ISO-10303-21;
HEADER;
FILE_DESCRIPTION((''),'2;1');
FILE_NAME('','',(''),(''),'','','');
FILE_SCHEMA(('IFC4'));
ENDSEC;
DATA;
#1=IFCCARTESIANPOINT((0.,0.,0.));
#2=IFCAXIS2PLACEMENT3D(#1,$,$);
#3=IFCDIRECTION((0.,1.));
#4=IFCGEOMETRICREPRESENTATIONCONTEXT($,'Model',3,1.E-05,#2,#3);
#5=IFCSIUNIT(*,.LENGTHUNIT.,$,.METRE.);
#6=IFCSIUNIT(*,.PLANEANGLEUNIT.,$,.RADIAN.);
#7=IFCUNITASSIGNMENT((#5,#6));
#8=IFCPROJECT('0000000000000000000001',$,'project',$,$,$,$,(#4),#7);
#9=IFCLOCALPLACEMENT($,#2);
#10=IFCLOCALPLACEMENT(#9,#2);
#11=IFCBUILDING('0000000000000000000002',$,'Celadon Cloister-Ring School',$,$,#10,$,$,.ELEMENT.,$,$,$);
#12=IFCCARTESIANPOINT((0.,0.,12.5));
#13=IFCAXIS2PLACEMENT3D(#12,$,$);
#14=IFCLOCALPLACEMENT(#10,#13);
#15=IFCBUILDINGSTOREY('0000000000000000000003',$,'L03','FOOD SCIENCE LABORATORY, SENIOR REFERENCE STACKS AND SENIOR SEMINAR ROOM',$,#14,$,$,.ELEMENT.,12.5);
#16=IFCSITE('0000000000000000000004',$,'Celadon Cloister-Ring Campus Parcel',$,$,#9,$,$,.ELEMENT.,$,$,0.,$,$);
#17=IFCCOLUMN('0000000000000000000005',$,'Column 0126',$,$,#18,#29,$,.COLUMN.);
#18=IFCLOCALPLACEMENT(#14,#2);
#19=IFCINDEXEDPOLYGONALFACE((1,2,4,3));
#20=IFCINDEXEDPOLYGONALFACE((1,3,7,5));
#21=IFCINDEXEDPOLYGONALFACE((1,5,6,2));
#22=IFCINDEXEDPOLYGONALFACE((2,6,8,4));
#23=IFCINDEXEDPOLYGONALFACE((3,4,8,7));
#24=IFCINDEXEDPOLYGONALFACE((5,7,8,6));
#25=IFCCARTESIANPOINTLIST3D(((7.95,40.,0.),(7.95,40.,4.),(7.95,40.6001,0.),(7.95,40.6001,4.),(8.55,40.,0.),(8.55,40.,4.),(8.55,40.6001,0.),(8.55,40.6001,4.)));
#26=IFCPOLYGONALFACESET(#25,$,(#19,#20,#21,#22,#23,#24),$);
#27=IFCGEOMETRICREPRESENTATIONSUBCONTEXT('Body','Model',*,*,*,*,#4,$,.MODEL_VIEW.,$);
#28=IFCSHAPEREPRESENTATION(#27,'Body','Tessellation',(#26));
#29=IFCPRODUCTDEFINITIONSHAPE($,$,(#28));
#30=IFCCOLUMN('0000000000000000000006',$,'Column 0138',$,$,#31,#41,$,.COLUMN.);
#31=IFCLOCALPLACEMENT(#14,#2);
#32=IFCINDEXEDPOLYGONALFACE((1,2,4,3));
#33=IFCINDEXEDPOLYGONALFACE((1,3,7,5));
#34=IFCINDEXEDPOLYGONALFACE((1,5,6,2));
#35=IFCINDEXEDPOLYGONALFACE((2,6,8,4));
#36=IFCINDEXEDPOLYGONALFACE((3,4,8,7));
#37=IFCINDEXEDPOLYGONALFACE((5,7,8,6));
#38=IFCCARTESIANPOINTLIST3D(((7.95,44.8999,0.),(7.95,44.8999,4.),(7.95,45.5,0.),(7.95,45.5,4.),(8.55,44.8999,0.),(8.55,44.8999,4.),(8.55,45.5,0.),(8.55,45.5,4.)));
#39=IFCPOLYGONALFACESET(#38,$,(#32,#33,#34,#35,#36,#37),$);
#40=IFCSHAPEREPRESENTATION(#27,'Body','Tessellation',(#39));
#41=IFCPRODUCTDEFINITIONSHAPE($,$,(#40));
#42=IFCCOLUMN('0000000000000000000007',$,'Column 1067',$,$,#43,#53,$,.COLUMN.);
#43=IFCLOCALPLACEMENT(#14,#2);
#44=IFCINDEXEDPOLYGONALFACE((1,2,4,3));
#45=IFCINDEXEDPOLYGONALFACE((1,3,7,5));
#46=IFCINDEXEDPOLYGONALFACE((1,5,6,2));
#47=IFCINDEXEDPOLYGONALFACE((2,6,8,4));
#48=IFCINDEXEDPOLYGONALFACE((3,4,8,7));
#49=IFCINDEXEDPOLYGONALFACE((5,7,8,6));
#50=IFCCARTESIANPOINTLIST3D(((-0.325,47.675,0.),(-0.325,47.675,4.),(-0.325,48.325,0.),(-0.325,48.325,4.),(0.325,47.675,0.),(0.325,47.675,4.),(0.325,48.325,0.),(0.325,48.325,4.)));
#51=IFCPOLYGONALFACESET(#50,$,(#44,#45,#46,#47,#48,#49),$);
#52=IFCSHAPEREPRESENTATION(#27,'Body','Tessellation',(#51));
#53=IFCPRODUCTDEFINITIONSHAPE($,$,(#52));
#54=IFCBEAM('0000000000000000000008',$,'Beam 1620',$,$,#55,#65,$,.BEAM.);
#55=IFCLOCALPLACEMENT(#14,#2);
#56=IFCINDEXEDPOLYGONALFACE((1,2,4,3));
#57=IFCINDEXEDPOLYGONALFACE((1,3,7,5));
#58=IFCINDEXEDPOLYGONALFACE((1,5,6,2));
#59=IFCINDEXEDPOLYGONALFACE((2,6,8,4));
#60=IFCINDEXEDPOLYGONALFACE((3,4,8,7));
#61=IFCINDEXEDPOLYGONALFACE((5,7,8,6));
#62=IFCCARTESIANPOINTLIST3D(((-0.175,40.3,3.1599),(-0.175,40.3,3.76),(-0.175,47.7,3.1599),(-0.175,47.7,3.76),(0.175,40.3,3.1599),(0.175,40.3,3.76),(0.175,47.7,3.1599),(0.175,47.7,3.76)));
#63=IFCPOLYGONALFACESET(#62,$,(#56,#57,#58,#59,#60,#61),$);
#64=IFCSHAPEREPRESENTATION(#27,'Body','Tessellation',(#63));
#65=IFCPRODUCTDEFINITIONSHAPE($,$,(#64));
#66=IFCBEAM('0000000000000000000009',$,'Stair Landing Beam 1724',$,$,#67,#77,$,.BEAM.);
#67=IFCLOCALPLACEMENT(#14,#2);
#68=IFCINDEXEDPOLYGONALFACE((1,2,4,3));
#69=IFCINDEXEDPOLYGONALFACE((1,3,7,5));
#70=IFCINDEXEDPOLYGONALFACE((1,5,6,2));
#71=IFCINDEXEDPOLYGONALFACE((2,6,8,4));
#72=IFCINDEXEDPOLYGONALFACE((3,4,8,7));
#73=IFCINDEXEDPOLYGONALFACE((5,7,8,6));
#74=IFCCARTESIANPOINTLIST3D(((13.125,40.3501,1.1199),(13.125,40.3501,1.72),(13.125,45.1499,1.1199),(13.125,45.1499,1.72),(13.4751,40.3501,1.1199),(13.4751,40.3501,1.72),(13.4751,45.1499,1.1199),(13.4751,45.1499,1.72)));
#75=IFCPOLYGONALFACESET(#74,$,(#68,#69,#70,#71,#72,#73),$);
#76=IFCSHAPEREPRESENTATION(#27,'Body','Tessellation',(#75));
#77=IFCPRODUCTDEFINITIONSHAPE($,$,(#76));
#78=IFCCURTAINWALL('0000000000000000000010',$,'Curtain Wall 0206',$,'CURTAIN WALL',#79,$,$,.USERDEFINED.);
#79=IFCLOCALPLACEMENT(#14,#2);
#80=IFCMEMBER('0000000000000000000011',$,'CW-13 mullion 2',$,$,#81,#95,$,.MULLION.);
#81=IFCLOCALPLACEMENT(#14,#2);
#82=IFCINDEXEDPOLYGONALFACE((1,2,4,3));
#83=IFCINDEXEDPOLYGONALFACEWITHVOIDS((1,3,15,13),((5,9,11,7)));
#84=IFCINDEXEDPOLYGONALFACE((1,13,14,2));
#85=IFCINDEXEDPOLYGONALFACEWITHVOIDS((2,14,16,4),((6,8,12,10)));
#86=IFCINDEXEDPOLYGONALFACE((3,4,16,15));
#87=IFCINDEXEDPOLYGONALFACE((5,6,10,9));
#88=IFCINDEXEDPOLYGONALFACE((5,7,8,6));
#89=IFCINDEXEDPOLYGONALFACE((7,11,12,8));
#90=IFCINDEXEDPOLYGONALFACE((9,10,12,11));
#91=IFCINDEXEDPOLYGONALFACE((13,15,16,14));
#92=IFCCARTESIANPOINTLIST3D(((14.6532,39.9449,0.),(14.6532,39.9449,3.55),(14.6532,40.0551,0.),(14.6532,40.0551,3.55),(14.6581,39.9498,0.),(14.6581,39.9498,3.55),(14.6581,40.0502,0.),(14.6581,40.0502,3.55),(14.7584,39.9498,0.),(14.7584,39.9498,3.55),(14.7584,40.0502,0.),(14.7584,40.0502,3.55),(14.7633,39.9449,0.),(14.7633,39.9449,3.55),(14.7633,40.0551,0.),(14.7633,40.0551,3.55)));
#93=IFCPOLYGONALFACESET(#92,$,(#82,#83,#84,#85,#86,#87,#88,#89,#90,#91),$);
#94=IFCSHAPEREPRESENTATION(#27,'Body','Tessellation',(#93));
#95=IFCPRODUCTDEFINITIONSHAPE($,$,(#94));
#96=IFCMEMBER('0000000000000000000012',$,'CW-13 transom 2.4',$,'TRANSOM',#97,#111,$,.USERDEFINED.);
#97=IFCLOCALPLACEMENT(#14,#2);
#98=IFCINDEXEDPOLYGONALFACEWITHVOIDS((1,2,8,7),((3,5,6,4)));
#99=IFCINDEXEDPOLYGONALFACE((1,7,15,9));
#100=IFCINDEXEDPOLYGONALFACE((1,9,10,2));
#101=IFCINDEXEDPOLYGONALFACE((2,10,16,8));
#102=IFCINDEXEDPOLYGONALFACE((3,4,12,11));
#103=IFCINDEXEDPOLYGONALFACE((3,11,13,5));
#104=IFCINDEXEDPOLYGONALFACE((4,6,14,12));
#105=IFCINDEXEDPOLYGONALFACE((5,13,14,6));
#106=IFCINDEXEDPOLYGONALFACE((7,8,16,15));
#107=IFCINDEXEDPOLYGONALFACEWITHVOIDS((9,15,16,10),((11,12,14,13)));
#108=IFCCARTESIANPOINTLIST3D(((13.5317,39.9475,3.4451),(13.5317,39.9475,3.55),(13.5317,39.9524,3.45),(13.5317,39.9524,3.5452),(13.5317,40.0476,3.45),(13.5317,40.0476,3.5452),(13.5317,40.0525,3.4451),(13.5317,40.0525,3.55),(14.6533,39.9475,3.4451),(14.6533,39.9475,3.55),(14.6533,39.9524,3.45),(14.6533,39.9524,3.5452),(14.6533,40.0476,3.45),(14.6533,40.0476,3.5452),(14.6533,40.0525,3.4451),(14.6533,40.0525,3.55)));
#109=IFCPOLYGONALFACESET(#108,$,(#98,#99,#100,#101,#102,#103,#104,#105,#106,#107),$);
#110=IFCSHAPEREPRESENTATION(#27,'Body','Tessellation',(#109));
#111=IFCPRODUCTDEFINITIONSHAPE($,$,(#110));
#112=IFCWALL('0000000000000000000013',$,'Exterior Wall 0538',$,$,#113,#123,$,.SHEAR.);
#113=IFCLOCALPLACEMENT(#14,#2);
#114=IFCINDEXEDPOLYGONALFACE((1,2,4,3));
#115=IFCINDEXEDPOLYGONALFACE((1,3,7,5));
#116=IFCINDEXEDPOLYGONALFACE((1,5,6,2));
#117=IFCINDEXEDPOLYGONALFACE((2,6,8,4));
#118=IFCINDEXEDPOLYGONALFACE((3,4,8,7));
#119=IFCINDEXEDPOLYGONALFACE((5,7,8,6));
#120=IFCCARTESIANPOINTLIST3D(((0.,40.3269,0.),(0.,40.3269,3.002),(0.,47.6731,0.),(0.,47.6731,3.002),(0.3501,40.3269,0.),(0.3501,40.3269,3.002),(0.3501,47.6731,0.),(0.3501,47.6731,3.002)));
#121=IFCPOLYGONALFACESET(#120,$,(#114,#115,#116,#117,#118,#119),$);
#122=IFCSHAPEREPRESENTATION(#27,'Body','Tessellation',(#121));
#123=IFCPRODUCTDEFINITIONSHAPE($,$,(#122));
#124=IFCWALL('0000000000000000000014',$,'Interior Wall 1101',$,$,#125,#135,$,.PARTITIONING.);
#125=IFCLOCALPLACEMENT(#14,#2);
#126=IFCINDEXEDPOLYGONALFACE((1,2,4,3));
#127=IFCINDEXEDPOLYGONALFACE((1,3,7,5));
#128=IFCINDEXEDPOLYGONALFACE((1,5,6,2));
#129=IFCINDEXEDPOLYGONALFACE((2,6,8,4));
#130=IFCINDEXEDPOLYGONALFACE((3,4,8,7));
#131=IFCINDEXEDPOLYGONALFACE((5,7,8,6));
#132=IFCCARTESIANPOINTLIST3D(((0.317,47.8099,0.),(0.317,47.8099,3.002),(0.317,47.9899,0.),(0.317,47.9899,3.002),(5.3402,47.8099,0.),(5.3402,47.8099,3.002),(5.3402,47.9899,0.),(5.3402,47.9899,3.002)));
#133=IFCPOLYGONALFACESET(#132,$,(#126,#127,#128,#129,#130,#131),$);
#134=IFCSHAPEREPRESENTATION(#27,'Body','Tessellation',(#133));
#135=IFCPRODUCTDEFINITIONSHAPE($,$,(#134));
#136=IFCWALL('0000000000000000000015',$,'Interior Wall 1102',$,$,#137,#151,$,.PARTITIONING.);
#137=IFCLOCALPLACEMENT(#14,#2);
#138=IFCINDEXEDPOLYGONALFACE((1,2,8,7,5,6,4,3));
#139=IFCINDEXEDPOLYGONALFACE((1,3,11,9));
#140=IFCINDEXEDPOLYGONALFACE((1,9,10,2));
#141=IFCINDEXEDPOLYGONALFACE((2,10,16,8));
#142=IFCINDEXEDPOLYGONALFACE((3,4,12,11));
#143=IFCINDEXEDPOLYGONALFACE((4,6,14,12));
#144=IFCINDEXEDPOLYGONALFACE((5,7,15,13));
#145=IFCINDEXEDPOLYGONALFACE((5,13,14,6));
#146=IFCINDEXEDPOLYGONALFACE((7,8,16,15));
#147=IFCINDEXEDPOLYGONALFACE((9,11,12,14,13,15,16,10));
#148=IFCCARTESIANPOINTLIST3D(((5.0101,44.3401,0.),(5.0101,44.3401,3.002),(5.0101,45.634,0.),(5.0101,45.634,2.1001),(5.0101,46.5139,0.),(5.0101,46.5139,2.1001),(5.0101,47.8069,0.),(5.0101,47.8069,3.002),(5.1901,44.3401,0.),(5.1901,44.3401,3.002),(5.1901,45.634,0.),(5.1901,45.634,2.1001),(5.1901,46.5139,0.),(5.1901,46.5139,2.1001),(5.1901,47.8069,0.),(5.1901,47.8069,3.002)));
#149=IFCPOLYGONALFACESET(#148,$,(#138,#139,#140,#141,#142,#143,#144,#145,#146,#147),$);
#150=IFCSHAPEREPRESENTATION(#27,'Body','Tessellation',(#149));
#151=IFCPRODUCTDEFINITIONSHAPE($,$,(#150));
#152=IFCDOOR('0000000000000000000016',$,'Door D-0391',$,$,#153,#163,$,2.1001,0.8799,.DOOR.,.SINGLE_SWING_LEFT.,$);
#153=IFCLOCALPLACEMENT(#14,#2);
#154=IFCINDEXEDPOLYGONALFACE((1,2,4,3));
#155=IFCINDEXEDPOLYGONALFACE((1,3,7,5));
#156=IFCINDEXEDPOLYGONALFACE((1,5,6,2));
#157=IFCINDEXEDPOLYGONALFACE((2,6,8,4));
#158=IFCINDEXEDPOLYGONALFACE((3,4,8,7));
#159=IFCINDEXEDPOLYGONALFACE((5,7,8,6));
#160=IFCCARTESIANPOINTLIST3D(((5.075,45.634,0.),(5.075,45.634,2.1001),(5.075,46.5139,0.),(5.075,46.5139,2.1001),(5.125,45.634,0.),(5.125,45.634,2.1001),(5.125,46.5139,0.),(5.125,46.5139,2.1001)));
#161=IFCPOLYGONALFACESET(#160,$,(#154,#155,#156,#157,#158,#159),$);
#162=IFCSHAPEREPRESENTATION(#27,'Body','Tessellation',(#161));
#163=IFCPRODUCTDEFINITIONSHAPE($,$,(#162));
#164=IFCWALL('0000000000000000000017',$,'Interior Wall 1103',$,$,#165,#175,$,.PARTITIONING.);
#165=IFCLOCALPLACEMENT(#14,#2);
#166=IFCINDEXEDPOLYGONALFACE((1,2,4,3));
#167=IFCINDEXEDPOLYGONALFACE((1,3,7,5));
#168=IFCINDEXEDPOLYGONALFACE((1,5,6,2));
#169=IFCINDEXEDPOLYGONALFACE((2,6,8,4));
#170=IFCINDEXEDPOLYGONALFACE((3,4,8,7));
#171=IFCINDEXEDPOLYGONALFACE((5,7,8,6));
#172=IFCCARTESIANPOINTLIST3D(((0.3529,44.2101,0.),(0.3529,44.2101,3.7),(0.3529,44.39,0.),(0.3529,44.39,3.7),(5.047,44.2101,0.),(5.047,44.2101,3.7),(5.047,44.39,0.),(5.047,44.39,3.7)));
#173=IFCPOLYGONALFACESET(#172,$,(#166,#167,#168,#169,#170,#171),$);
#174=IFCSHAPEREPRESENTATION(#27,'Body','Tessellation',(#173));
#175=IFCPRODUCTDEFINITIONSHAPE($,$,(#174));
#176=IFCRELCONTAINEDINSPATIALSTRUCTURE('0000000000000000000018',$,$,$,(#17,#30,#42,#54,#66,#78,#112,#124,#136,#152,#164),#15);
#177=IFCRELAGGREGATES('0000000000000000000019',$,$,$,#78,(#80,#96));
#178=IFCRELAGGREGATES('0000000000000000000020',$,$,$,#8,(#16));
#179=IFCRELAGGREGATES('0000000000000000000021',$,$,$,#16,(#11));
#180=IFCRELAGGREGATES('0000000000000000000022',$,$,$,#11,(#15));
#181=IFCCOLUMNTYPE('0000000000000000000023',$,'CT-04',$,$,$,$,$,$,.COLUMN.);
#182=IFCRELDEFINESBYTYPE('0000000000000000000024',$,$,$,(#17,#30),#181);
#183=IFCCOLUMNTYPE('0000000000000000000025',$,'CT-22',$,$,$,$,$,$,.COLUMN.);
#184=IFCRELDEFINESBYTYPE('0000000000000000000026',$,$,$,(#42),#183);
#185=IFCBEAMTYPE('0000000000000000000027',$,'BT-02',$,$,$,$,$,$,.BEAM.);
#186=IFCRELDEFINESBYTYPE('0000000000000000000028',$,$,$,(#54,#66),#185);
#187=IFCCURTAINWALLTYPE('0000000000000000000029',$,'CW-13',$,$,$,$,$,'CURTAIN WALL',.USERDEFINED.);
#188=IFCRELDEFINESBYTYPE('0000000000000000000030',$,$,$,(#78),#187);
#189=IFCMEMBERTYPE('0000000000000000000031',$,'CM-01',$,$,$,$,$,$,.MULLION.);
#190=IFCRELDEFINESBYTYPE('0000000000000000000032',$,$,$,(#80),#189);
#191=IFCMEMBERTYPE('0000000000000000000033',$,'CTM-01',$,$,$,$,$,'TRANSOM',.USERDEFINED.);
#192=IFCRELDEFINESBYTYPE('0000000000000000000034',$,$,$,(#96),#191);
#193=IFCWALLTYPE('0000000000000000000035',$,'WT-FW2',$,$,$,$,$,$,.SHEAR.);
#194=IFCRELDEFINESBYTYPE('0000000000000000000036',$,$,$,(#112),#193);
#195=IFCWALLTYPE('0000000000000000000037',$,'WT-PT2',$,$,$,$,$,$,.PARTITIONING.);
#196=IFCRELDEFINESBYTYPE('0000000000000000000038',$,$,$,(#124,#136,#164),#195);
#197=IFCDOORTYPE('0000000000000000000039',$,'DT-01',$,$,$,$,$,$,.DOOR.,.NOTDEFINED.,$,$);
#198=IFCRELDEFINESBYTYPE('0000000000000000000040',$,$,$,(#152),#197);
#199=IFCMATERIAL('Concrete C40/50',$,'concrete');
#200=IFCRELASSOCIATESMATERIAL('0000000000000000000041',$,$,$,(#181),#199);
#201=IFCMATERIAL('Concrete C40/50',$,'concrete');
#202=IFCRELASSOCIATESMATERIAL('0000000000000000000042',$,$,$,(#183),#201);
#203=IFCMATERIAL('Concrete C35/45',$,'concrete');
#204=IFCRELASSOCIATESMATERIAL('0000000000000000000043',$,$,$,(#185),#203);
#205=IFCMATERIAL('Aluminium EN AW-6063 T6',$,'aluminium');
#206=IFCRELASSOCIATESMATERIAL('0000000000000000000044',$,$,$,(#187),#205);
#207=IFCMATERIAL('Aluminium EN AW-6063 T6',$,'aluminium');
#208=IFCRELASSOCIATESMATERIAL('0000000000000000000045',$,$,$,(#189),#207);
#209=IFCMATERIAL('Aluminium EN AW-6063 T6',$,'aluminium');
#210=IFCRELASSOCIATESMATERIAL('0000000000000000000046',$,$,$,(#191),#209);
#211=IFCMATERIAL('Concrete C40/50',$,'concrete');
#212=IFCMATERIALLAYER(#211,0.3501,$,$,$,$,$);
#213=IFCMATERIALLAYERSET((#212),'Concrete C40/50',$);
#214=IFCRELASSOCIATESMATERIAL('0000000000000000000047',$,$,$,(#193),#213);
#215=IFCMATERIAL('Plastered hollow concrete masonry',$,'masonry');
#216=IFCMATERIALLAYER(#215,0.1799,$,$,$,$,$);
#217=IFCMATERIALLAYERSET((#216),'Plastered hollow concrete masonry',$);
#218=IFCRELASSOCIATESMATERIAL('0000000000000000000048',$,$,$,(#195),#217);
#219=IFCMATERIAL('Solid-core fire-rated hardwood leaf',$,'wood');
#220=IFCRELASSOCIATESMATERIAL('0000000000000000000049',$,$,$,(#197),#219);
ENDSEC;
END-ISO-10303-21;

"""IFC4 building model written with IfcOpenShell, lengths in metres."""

from ifc_helpers import new_model, si_unit, direction, frame, frame_2d, origin, origin_2d, place, context, subcontext, project, spatial, rectangle, hollow_rectangle, extrude, material, layer, layer_set, material_profile, profile_set, type_object, element, fill, aggregate, save


model = new_model("IFC4")

# Units and contexts
model_context = context("Model", 3, precision=1e-05, world=origin(), true_north=direction((0.0, 1.0)))
body_context = subcontext(model_context, "Body", "Model", "MODEL_VIEW")
ifc_project = project(units=[si_unit("LENGTHUNIT", "METRE"), si_unit("PLANEANGLEUNIT", "RADIAN")], contexts=[model_context])

# Site, building, storey
site_placement = place(None, origin())
site = spatial("IfcSite", under=ifc_project, at=site_placement, Name="Celadon Cloister-Ring Campus Parcel", CompositionType="ELEMENT", RefElevation=0.0)
building_placement = place(site_placement, origin())
building = spatial("IfcBuilding", under=site, at=building_placement, Name="Celadon Cloister-Ring School", CompositionType="ELEMENT")
storey_placement = place(building_placement, frame((0.0, 0.0, 12.5)))
storey = spatial("IfcBuildingStorey", under=building, at=storey_placement, Name="L03", Description="FOOD SCIENCE LABORATORY, SENIOR REFERENCE STACKS AND SENIOR SEMINAR ROOM", CompositionType="ELEMENT", Elevation=12.5)

# Columns
ifc_material_1 = material(Name="Concrete C40/50", Category="concrete")
ifc_material_profile_1 = material_profile(ifc_material_1, rectangle(XDim=0.6001, YDim=0.6001, at=origin_2d()), Name="RC600X600")
ifc_profile_set_1 = profile_set([ifc_material_profile_1], Name="Concrete C40/50")
column_type_1 = type_object("IfcColumnType", Name="CT-04", PredefinedType="COLUMN", material=ifc_profile_set_1)
for number, where, z_axis, x_axis, name in (
    (1, (8.25, 40.3, 0.0), (0.0, 0.0, 1.0), (1.0, 0.0, 0.0), "Column 0126"),
    (2, (8.25, 45.2, 0.0), (0.0, 0.0, 1.0), (1.0, 0.0, 0.0), "Column 0138"),
):
    element("IfcColumn", number, at=place(storey_placement, frame(where, z_axis=z_axis, x_axis=x_axis)), inside=storey, type_object=column_type_1, Name=name, PredefinedType="COLUMN", context=body_context, shape_type="SweptSolid", body=[
        extrude(rectangle(XDim=0.6001, YDim=0.6001, at=origin_2d()), origin(), (0.0, 0.0, 1.0), 4.0),
    ])
ifc_material_2 = material(Name="Concrete C40/50", Category="concrete")
ifc_material_profile_2 = material_profile(ifc_material_2, rectangle(XDim=0.6499, YDim=0.6499, at=origin_2d()), Name="RC650X650")
ifc_profile_set_2 = profile_set([ifc_material_profile_2], Name="Concrete C40/50")
column_type_2 = type_object("IfcColumnType", Name="CT-22", PredefinedType="COLUMN", material=ifc_profile_set_2)
column_placement = place(storey_placement, frame((0.0, 48.0, 0.0), z_axis=(0.0, 0.0, 1.0), x_axis=(1.0, 0.0, 0.0)))
element("IfcColumn", 3, at=column_placement, inside=storey, type_object=column_type_2, Name="Column 1067", PredefinedType="COLUMN", context=body_context, shape_type="SweptSolid", body=[
    extrude(rectangle(XDim=0.6499, YDim=0.6499, at=origin_2d()), origin(), (0.0, 0.0, 1.0), 4.0),
])

# Beams
ifc_material_3 = material(Name="Concrete C35/45", Category="concrete")
ifc_material_profile_3 = material_profile(ifc_material_3, rectangle(XDim=0.3501, YDim=0.6001, at=origin_2d()), Name="RC350X600")
ifc_profile_set_3 = profile_set([ifc_material_profile_3], Name="Concrete C35/45")
beam_type = type_object("IfcBeamType", Name="BT-02", PredefinedType="BEAM", material=ifc_profile_set_3)
beam_1_placement = place(storey_placement, frame((0.0, 40.3, 3.46), z_axis=(0.0, 1.0, 0.0), x_axis=(-1.0, 0.0, 0.0)))
element("IfcBeam", 4, at=beam_1_placement, inside=storey, type_object=beam_type, Name="Beam 1620", PredefinedType="BEAM", context=body_context, shape_type="SweptSolid", body=[
    extrude(rectangle(XDim=0.3501, YDim=0.6001, at=origin_2d()), origin(), (0.0, 0.0, 1.0), 7.3999),
])
beam_2_placement = place(storey_placement, frame((13.3, 40.3501, 1.4199), z_axis=(0.0, 1.0, 0.0), x_axis=(-1.0, 0.0, 0.0)))
element("IfcBeam", 5, at=beam_2_placement, inside=storey, type_object=beam_type, Name="Stair Landing Beam 1724", PredefinedType="BEAM", context=body_context, shape_type="SweptSolid", body=[
    extrude(rectangle(XDim=0.3501, YDim=0.6001, at=origin_2d()), origin(), (0.0, 0.0, 1.0), 4.7998),
])

# Curtain wall, members
ifc_material_4 = material(Name="Aluminium EN AW-6063 T6", Category="aluminium")
curtain_wall_type = type_object("IfcCurtainWallType", Name="CW-13", ElementType="CURTAIN WALL", PredefinedType="USERDEFINED", material=ifc_material_4)
curtain_wall_placement = place(storey_placement, origin())
curtain_wall = element("IfcCurtainWall", 6, at=curtain_wall_placement, inside=storey, type_object=curtain_wall_type, Name="Curtain Wall 0206", ObjectType="CURTAIN WALL", PredefinedType="USERDEFINED")
ifc_material_5 = material(Name="Aluminium EN AW-6063 T6", Category="aluminium")
ifc_material_profile_4 = material_profile(ifc_material_5, hollow_rectangle(XDim=0.1101, YDim=0.1101, WallThickness=0.0049, at=origin_2d()), Name="RHS110X110X5")
ifc_profile_set_4 = profile_set([ifc_material_profile_4], Name="Aluminium EN AW-6063 T6")
member_type_1 = type_object("IfcMemberType", Name="CM-01", PredefinedType="MULLION", material=ifc_profile_set_4)
member_1_placement = place(storey_placement, frame((14.7083, 40.0, 0.0), z_axis=(0.0, 0.0, 1.0), x_axis=(0.0, -1.0, 0.0)))
member_1 = element("IfcMember", 7, at=member_1_placement, type_object=member_type_1, Name="CW-13 mullion 2", PredefinedType="MULLION", context=body_context, shape_type="SweptSolid", body=[
    extrude(hollow_rectangle(XDim=0.1101, YDim=0.1101, WallThickness=0.0049, at=origin_2d()), origin(), (0.0, 0.0, 1.0), 3.55),
])
ifc_material_6 = material(Name="Aluminium EN AW-6063 T6", Category="aluminium")
ifc_material_profile_5 = material_profile(ifc_material_6, hollow_rectangle(XDim=0.105, YDim=0.105, WallThickness=0.0049, at=origin_2d()), Name="RHS105X105X5")
ifc_profile_set_5 = profile_set([ifc_material_profile_5], Name="Aluminium EN AW-6063 T6")
member_type_2 = type_object("IfcMemberType", Name="CTM-01", ElementType="TRANSOM", PredefinedType="USERDEFINED", material=ifc_profile_set_5)
member_2_placement = place(storey_placement, frame((14.6533, 40.0, 3.4976), z_axis=(-1.0, 0.0, 0.0), x_axis=(0.0, -1.0, 0.0)))
member_2 = element("IfcMember", 8, at=member_2_placement, type_object=member_type_2, Name="CW-13 transom 2.4", ObjectType="TRANSOM", PredefinedType="USERDEFINED", context=body_context, shape_type="SweptSolid", body=[
    extrude(hollow_rectangle(XDim=0.105, YDim=0.105, WallThickness=0.0049, at=origin_2d()), origin(), (0.0, 0.0, 1.0), 1.1216),
])
aggregate(curtain_wall, [member_1, member_2])

# Walls
ifc_material_7 = material(Name="Concrete C40/50", Category="concrete")
ifc_layer_1 = layer(ifc_material_7, 0.3501)
ifc_layer_set_1 = layer_set([ifc_layer_1], Name="Concrete C40/50")
wall_type_1 = type_object("IfcWallType", Name="WT-FW2", PredefinedType="SHEAR", material=ifc_layer_set_1)
wall_1_placement = place(storey_placement, frame((0.175, 40.3269, 0.0), z_axis=(0.0, 0.0, 1.0), x_axis=(0.0, 1.0, 0.0)))
element("IfcWall", 9, at=wall_1_placement, inside=storey, type_object=wall_type_1, Name="Exterior Wall 0538", PredefinedType="SHEAR", context=body_context, shape_type="SweptSolid", body=[
    extrude(rectangle(XDim=7.3462, YDim=0.3501, at=frame_2d((3.6731, 0.0))), origin(), (0.0, 0.0, 1.0), 3.002),
])
ifc_material_8 = material(Name="Plastered hollow concrete masonry", Category="masonry")
ifc_layer_2 = layer(ifc_material_8, 0.1799)
ifc_layer_set_2 = layer_set([ifc_layer_2], Name="Plastered hollow concrete masonry")
wall_type_2 = type_object("IfcWallType", Name="WT-PT2", PredefinedType="PARTITIONING", material=ifc_layer_set_2)
wall_2_placement = place(storey_placement, frame((0.3169, 47.8999, 0.0), z_axis=(0.0, 0.0, 1.0), x_axis=(1.0, 0.0, 0.0)))
element("IfcWall", 10, at=wall_2_placement, inside=storey, type_object=wall_type_2, Name="Interior Wall 1101", PredefinedType="PARTITIONING", context=body_context, shape_type="SweptSolid", body=[
    extrude(rectangle(XDim=5.0232, YDim=0.1799, at=frame_2d((2.5117, 0.0))), origin(), (0.0, 0.0, 1.0), 3.002),
])

# Wall, opening, door
wall_3_placement = place(storey_placement, frame((5.1001, 47.8069, 0.0), z_axis=(0.0, 0.0, 1.0), x_axis=(0.0, -1.0, 0.0)))
wall_3 = element("IfcWall", 11, at=wall_3_placement, inside=storey, type_object=wall_type_2, Name="Interior Wall 1102", PredefinedType="PARTITIONING", context=body_context, shape_type="SweptSolid", body=[
    extrude(rectangle(XDim=3.4668, YDim=0.1799, at=frame_2d((1.7334, 0.0))), origin(), (0.0, 0.0, 1.0), 3.002),
])
opening_1_placement = place(wall_3_placement, frame((1.293, 0.0, 0.0)))
opening_1 = element("IfcOpeningElement", 12, at=opening_1_placement, cuts=wall_3, PredefinedType="OPENING", context=body_context, shape_type="SweptSolid", body=[
    extrude(rectangle(XDim=0.8799, YDim=2.1001, at=frame_2d((0.4399, 1.05))), frame((0.0, 0.1001, 0.0), z_axis=(0.0, -1.0, 0.0), x_axis=(1.0, 0.0, 0.0)), (0.0, 0.0, 1.0), 0.2),
])
ifc_material_9 = material(Name="Solid-core fire-rated hardwood leaf", Category="wood")
door_type_1 = type_object("IfcDoorType", Name="DT-01", OperationType="NOTDEFINED", PredefinedType="DOOR", material=ifc_material_9)
door_1_placement = place(opening_1_placement, origin())
door_1 = element("IfcDoor", 13, at=door_1_placement, inside=storey, type_object=door_type_1, Name="Door D-0391", OperationType="SINGLE_SWING_LEFT", OverallHeight=2.1001, OverallWidth=0.8799, PredefinedType="DOOR", context=body_context, shape_type="SweptSolid", body=[
    extrude(rectangle(XDim=0.8799, YDim=2.1001, at=frame_2d((0.4399, 1.05))), frame((0.0, 0.0249, 0.0), z_axis=(0.0, -1.0, 0.0), x_axis=(1.0, 0.0, 0.0)), (0.0, 0.0, 1.0), 0.05),
])
fill(opening_1, door_1)

# Wall
wall_4_placement = place(storey_placement, frame((5.0471, 44.3, 0.0), z_axis=(0.0, 0.0, 1.0), x_axis=(-1.0, 0.0, 0.0)))
element("IfcWall", 14, at=wall_4_placement, inside=storey, type_object=wall_type_2, Name="Interior Wall 1103", PredefinedType="PARTITIONING", context=body_context, shape_type="SweptSolid", body=[
    extrude(rectangle(XDim=4.6941, YDim=0.1799, at=frame_2d((2.3472, 0.0))), origin(), (0.0, 0.0, 1.0), 3.7),
])

save(model, "model.ifc")
